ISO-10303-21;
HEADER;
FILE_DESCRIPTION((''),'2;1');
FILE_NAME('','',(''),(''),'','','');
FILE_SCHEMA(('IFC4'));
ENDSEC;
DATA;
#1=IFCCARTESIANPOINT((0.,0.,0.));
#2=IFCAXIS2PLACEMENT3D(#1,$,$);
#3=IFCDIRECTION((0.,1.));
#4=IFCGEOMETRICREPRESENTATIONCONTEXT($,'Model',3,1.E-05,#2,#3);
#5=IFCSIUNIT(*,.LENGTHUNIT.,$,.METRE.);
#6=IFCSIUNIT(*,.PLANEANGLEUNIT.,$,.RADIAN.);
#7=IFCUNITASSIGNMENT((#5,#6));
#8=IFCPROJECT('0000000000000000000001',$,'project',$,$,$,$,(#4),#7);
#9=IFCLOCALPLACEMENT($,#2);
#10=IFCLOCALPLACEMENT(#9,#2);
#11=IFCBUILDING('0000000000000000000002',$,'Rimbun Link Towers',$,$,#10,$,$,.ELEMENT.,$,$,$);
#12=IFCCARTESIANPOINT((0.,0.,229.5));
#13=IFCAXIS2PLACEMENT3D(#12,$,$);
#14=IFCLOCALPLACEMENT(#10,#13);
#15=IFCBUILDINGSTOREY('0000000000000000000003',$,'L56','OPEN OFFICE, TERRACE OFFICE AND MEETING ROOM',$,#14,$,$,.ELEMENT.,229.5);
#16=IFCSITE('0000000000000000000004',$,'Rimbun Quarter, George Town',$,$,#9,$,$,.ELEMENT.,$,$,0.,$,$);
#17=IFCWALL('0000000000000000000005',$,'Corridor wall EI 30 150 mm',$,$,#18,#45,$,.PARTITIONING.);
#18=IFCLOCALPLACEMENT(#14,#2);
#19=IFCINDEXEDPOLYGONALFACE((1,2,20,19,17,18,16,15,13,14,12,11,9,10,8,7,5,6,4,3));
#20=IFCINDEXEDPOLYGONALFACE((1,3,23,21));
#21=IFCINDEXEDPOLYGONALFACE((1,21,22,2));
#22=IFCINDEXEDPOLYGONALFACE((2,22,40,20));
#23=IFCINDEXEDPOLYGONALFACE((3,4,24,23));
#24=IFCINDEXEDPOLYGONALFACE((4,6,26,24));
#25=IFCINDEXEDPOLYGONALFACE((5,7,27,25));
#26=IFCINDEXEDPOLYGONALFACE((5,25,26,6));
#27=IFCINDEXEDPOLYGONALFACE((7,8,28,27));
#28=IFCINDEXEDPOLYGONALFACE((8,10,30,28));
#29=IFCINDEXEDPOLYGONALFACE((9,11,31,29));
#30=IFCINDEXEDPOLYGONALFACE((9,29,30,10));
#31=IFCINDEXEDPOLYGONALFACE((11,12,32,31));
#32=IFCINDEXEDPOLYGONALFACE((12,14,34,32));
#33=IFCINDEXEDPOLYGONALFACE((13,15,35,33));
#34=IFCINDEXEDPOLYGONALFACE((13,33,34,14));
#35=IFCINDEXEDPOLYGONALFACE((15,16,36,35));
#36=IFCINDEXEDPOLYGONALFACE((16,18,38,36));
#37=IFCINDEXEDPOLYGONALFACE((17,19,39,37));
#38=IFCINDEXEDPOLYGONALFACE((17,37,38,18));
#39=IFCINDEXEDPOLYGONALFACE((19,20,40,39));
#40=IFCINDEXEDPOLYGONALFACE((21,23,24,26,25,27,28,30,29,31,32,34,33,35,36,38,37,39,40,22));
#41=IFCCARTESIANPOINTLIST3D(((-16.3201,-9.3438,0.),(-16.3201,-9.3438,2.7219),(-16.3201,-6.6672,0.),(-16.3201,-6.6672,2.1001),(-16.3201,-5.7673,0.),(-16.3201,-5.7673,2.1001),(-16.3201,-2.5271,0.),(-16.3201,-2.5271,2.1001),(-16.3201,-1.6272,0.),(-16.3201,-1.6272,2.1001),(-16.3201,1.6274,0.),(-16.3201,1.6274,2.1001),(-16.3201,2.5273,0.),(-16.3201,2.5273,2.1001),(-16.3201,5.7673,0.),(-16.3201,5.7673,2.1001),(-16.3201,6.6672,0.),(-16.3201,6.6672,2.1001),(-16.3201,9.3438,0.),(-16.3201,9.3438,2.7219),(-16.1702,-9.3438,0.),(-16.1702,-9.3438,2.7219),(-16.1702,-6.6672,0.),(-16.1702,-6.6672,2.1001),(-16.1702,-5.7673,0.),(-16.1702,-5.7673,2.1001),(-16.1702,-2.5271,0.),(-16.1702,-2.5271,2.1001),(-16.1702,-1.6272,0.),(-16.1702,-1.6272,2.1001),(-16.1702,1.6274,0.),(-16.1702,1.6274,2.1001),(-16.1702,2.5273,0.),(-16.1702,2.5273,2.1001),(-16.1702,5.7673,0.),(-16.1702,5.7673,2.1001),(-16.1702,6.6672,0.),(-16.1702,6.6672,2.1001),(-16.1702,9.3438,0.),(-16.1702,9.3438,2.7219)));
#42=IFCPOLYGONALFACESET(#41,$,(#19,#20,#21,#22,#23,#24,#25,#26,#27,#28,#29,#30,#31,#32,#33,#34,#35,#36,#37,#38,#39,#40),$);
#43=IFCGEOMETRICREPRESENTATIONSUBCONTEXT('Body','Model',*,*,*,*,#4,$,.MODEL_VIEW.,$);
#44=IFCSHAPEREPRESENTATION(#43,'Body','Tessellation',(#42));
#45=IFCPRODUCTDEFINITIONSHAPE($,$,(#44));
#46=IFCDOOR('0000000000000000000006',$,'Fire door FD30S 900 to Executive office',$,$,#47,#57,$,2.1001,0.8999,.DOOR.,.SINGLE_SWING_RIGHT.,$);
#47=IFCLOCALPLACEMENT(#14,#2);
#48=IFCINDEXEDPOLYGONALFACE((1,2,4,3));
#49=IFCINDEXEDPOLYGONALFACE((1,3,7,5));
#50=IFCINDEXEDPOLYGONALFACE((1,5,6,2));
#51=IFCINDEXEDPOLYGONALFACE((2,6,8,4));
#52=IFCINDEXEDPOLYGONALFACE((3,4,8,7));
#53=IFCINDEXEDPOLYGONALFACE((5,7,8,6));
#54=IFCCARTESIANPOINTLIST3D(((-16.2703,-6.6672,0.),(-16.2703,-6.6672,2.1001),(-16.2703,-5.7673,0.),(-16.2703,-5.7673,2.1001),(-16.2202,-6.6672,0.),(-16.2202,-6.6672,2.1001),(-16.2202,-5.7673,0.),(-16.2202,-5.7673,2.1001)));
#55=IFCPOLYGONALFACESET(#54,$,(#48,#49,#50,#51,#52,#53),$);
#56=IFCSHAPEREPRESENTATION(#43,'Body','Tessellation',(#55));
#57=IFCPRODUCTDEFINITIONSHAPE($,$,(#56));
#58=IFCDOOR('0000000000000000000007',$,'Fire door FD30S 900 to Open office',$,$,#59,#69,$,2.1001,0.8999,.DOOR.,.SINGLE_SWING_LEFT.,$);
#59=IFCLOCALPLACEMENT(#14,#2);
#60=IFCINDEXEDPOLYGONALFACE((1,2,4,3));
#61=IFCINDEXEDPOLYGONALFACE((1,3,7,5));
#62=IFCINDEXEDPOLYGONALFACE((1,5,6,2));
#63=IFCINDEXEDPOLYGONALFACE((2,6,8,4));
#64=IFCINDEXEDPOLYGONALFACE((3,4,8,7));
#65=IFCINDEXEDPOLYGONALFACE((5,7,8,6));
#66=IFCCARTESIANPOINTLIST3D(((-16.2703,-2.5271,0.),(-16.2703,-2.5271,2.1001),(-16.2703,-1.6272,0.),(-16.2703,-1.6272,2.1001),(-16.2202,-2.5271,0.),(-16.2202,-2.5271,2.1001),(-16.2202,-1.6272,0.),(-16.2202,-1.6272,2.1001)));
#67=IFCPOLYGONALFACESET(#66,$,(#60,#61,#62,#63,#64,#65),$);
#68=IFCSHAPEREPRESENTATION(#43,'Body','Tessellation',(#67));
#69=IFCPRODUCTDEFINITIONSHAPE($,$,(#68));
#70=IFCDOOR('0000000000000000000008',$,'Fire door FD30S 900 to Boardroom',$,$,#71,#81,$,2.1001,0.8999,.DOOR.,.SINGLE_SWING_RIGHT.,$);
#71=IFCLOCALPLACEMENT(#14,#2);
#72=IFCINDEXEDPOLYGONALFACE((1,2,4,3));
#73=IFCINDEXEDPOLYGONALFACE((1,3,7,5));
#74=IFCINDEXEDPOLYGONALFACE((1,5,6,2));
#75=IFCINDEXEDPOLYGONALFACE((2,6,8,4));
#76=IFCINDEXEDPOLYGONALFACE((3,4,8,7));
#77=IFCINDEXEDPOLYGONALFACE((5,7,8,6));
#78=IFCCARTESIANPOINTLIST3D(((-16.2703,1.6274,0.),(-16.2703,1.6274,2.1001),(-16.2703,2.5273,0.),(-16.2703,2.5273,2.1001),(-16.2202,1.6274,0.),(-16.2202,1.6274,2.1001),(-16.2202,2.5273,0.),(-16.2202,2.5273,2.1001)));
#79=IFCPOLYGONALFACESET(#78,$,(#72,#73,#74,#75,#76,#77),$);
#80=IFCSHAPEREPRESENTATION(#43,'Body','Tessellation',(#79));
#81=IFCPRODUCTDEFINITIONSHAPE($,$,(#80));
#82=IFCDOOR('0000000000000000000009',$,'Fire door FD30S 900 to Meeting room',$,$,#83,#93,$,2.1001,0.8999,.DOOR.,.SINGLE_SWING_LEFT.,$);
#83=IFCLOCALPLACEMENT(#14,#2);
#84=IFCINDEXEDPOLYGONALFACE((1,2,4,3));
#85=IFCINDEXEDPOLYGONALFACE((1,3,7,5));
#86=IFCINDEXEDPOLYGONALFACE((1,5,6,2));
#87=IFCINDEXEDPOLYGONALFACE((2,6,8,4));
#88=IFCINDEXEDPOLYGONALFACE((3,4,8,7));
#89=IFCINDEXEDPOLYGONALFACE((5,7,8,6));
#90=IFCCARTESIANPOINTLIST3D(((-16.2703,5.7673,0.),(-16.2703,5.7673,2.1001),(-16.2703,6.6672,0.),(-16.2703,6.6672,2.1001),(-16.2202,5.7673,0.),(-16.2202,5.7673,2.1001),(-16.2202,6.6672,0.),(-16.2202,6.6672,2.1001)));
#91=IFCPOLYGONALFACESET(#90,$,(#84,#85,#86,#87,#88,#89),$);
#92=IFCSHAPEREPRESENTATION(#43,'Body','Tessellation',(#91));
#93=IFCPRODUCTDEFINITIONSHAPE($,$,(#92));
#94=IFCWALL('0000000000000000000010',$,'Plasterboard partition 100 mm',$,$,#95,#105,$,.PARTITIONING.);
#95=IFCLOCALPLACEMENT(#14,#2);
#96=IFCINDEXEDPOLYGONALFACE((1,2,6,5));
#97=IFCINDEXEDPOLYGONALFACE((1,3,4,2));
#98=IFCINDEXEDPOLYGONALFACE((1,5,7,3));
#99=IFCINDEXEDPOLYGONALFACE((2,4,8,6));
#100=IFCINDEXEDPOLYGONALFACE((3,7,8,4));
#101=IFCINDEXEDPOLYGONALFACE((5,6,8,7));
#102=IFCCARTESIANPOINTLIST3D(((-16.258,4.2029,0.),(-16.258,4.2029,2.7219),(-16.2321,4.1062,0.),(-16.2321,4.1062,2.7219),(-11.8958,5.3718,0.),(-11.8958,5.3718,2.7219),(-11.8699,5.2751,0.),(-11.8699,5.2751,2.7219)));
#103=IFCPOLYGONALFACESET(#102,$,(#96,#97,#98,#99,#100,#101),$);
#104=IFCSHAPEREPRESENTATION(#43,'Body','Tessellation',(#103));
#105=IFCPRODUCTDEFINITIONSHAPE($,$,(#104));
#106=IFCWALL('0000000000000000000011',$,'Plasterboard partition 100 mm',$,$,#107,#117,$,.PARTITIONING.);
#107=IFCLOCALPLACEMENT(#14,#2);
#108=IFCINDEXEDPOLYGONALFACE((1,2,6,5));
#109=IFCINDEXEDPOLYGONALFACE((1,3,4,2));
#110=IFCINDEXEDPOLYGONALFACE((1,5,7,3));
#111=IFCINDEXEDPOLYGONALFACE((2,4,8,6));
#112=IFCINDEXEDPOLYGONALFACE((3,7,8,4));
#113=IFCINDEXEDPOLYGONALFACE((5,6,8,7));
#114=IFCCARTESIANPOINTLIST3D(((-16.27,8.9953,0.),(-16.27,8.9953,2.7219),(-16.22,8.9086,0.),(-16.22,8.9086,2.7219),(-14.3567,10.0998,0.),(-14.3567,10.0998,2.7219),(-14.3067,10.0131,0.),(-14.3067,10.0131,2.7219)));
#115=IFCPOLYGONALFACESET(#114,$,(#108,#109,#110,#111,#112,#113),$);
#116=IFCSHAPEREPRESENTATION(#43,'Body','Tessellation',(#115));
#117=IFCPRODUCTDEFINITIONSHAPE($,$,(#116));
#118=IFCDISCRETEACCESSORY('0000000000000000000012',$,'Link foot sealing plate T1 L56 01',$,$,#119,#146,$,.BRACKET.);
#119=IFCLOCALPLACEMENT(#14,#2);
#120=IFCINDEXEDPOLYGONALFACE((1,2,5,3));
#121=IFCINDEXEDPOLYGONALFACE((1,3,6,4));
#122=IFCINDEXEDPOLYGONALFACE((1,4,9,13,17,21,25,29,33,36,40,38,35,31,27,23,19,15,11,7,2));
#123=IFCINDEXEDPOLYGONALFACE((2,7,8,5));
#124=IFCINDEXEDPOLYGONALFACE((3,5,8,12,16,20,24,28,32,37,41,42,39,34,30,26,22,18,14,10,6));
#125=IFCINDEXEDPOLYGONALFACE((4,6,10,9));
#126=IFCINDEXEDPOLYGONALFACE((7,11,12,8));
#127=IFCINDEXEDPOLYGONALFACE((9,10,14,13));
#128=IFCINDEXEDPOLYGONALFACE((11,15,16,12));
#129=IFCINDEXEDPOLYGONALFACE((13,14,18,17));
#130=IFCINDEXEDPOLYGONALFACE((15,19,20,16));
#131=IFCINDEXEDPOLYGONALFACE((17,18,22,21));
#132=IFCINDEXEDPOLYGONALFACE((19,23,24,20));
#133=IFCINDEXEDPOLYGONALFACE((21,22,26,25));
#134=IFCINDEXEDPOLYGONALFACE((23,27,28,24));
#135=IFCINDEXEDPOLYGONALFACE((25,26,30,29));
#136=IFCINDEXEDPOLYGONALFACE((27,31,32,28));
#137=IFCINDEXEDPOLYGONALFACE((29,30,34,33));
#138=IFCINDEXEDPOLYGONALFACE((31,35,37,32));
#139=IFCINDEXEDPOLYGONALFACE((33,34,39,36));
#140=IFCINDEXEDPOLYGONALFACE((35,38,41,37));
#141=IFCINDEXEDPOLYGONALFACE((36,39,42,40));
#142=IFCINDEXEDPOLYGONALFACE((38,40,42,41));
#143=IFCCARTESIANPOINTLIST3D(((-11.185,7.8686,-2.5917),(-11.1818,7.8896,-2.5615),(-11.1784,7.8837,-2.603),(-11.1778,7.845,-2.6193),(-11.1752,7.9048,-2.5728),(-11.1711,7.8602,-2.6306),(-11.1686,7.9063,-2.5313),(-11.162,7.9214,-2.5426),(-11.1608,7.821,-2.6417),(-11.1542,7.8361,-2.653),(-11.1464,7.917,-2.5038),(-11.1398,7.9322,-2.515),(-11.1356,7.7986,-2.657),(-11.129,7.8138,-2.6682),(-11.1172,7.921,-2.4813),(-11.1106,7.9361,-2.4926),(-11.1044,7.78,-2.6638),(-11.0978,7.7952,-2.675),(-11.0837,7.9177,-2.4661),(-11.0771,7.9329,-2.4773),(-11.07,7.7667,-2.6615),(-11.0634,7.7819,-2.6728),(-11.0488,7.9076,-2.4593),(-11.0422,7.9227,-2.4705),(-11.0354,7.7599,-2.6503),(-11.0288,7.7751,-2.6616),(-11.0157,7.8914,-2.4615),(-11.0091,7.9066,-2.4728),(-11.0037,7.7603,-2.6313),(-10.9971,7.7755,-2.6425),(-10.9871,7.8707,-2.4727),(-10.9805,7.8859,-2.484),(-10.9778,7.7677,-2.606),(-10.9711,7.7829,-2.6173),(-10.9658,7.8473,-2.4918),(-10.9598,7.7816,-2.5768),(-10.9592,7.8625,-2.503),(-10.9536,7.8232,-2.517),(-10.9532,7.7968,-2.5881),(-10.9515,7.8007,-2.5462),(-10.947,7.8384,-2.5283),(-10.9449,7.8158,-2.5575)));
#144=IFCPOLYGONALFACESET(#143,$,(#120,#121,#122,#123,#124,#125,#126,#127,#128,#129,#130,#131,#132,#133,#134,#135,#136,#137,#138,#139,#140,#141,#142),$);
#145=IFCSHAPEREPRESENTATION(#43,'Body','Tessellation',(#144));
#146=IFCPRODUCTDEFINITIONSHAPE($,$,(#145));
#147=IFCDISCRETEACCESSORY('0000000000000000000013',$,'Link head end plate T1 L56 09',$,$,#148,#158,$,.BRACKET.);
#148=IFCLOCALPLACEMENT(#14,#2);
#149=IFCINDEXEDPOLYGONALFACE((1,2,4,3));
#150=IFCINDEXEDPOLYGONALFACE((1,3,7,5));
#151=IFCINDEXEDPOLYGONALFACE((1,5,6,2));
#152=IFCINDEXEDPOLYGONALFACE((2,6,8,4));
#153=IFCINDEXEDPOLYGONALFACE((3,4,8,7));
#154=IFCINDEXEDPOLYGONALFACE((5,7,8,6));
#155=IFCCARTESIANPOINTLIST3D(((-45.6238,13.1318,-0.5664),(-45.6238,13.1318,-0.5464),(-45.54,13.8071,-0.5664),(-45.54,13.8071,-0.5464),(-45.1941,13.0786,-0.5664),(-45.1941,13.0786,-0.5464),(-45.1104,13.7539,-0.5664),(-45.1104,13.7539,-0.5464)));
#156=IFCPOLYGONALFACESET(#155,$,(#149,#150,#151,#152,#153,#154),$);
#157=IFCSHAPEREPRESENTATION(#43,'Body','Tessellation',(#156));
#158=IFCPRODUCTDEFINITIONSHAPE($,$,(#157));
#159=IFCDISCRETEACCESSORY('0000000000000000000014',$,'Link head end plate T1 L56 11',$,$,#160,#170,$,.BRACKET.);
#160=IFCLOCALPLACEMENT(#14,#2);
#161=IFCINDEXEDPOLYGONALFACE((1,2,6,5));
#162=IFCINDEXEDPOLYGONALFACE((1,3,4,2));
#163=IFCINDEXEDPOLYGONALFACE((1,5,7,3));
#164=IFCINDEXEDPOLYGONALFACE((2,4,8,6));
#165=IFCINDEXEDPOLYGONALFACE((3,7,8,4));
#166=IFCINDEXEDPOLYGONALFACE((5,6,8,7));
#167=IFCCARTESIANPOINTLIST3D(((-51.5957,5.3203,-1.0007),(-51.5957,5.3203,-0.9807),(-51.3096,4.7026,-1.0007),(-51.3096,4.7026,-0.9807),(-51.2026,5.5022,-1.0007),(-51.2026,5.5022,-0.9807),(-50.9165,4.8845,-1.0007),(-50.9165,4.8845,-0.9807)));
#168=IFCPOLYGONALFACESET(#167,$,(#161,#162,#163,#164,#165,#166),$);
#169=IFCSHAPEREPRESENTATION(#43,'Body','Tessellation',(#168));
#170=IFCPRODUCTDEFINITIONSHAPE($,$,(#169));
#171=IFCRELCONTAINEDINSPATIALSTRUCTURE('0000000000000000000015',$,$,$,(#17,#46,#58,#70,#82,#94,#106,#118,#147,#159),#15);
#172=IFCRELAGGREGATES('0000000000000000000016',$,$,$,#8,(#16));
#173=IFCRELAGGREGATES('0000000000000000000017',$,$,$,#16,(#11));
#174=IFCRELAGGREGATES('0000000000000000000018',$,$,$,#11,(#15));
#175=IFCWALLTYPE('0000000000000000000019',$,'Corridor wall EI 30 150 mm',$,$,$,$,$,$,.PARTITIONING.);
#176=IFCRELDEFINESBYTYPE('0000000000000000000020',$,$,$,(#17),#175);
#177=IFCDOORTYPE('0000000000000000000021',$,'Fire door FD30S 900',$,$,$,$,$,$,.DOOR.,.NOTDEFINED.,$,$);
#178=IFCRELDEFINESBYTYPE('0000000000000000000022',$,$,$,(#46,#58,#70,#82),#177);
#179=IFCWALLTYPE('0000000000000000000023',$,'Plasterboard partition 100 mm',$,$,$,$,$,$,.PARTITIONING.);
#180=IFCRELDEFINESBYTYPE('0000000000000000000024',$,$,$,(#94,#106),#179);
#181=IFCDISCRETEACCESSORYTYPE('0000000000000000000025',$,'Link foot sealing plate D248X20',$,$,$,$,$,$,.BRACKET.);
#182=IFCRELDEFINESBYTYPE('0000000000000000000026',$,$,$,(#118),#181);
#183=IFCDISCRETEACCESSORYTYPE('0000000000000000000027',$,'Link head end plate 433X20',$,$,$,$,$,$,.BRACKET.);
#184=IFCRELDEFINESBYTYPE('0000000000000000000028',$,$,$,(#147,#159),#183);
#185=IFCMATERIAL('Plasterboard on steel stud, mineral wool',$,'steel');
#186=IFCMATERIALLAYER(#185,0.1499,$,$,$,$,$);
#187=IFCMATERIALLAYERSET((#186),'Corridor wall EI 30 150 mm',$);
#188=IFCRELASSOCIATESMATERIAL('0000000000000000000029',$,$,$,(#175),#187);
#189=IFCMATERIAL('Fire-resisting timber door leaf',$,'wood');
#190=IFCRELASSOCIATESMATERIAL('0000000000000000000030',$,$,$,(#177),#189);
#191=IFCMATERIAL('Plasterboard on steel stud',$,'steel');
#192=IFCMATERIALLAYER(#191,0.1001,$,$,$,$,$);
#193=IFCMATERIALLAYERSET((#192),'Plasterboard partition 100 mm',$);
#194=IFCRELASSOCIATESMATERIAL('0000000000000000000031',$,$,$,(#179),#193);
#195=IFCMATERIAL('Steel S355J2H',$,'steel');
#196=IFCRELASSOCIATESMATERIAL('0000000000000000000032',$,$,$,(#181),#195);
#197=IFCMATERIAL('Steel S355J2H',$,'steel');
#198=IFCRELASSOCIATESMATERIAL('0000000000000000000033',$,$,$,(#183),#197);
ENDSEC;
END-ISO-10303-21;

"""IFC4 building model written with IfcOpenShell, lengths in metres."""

from ifc_helpers import new_model, si_unit, direction, frame, frame_2d, origin, origin_2d, place, context, subcontext, project, spatial, polyline, rectangle, circle, outline, extrude, material, layer, layer_set, material_profile, profile_set, type_object, element, fill, save


model = new_model("IFC4")

# Units and contexts
model_context = context("Model", 3, precision=1e-05, world=origin(), true_north=direction((0.0, 1.0)))
body_context = subcontext(model_context, "Body", "Model", "MODEL_VIEW")
ifc_project = project(units=[si_unit("LENGTHUNIT", "METRE"), si_unit("PLANEANGLEUNIT", "RADIAN")], contexts=[model_context])

# Site, building, storey
site_placement = place(None, origin())
site = spatial("IfcSite", under=ifc_project, at=site_placement, Name="Rimbun Quarter, George Town", CompositionType="ELEMENT", RefElevation=0.0)
building_placement = place(site_placement, origin())
building = spatial("IfcBuilding", under=site, at=building_placement, Name="Rimbun Link Towers", CompositionType="ELEMENT")
storey_placement = place(building_placement, frame((0.0, 0.0, 229.5)))
storey = spatial("IfcBuildingStorey", under=building, at=storey_placement, Name="L56", Description="OPEN OFFICE, TERRACE OFFICE AND MEETING ROOM", CompositionType="ELEMENT", Elevation=229.5)

# Shared definitions
ifc_material_1 = material(Name="Plasterboard on steel stud, mineral wool", Category="steel")
ifc_layer_1 = layer(ifc_material_1, 0.1499)
ifc_layer_set_1 = layer_set([ifc_layer_1], Name="Corridor wall EI 30 150 mm")
wall_type_1 = type_object("IfcWallType", Name="Corridor wall EI 30 150 mm", PredefinedType="PARTITIONING", material=ifc_layer_set_1)

# Wall, openings, doors
wall_1_placement = place(storey_placement, frame((-16.2451, 9.3438, 0.0), z_axis=(0.0, 0.0, 1.0), x_axis=(0.0, -1.0, 0.0)))
wall_1 = element("IfcWall", 1, at=wall_1_placement, inside=storey, type_object=wall_type_1, Name="Corridor wall EI 30 150 mm", PredefinedType="PARTITIONING", context=body_context, shape_type="SweptSolid", body=[
    extrude(rectangle(XDim=18.6875, YDim=0.1499, at=frame_2d((9.3438, 0.0))), origin(), (0.0, 0.0, 1.0), 2.7219),
])
opening_1_placement = place(wall_1_placement, frame((15.1111, 0.0, 0.0)))
opening_1 = element("IfcOpeningElement", 2, at=opening_1_placement, cuts=wall_1, PredefinedType="OPENING", context=body_context, shape_type="SweptSolid", body=[
    extrude(rectangle(XDim=0.8999, YDim=2.1001, at=frame_2d((0.45, 1.05))), frame((0.0, 0.085, 0.0), z_axis=(0.0, -1.0, 0.0), x_axis=(1.0, 0.0, 0.0)), (0.0, 0.0, 1.0), 0.1699),
])
opening_2_placement = place(wall_1_placement, frame((10.9709, 0.0, 0.0)))
opening_2 = element("IfcOpeningElement", 3, at=opening_2_placement, cuts=wall_1, PredefinedType="OPENING", context=body_context, shape_type="SweptSolid", body=[
    extrude(rectangle(XDim=0.8999, YDim=2.1001, at=frame_2d((0.45, 1.05))), frame((0.0, 0.085, 0.0), z_axis=(0.0, -1.0, 0.0), x_axis=(1.0, 0.0, 0.0)), (0.0, 0.0, 1.0), 0.1699),
])
opening_3_placement = place(wall_1_placement, frame((6.8164, 0.0, 0.0)))
opening_3 = element("IfcOpeningElement", 4, at=opening_3_placement, cuts=wall_1, PredefinedType="OPENING", context=body_context, shape_type="SweptSolid", body=[
    extrude(rectangle(XDim=0.8999, YDim=2.1001, at=frame_2d((0.45, 1.05))), frame((0.0, 0.085, 0.0), z_axis=(0.0, -1.0, 0.0), x_axis=(1.0, 0.0, 0.0)), (0.0, 0.0, 1.0), 0.1699),
])
opening_4_placement = place(wall_1_placement, frame((2.6765, 0.0, 0.0)))
opening_4 = element("IfcOpeningElement", 5, at=opening_4_placement, cuts=wall_1, PredefinedType="OPENING", context=body_context, shape_type="SweptSolid", body=[
    extrude(rectangle(XDim=0.8999, YDim=2.1001, at=frame_2d((0.45, 1.05))), frame((0.0, 0.085, 0.0), z_axis=(0.0, -1.0, 0.0), x_axis=(1.0, 0.0, 0.0)), (0.0, 0.0, 1.0), 0.1699),
])
ifc_material_2 = material(Name="Fire-resisting timber door leaf", Category="wood")
door_type = type_object("IfcDoorType", Name="Fire door FD30S 900", OperationType="NOTDEFINED", PredefinedType="DOOR", material=ifc_material_2)
door_1_placement = place(opening_1_placement, origin())
door_1 = element("IfcDoor", 6, at=door_1_placement, inside=storey, type_object=door_type, Name="Fire door FD30S 900 to Executive office", OperationType="SINGLE_SWING_RIGHT", OverallHeight=2.1001, OverallWidth=0.8999, PredefinedType="DOOR", context=body_context, shape_type="SweptSolid", body=[
    extrude(rectangle(XDim=0.8999, YDim=2.1001, at=frame_2d((0.45, 1.05))), frame((0.0, 0.0249, 0.0), z_axis=(0.0, -1.0, 0.0), x_axis=(1.0, 0.0, 0.0)), (0.0, 0.0, 1.0), 0.05),
])
fill(opening_1, door_1)
door_2_placement = place(opening_2_placement, origin())
door_2 = element("IfcDoor", 7, at=door_2_placement, inside=storey, type_object=door_type, Name="Fire door FD30S 900 to Open office", OperationType="SINGLE_SWING_LEFT", OverallHeight=2.1001, OverallWidth=0.8999, PredefinedType="DOOR", context=body_context, shape_type="SweptSolid", body=[
    extrude(rectangle(XDim=0.8999, YDim=2.1001, at=frame_2d((0.45, 1.05))), frame((0.0, 0.0249, 0.0), z_axis=(0.0, -1.0, 0.0), x_axis=(1.0, 0.0, 0.0)), (0.0, 0.0, 1.0), 0.05),
])
fill(opening_2, door_2)
door_3_placement = place(opening_3_placement, origin())
door_3 = element("IfcDoor", 8, at=door_3_placement, inside=storey, type_object=door_type, Name="Fire door FD30S 900 to Boardroom", OperationType="SINGLE_SWING_RIGHT", OverallHeight=2.1001, OverallWidth=0.8999, PredefinedType="DOOR", context=body_context, shape_type="SweptSolid", body=[
    extrude(rectangle(XDim=0.8999, YDim=2.1001, at=frame_2d((0.45, 1.05))), frame((0.0, 0.0249, 0.0), z_axis=(0.0, -1.0, 0.0), x_axis=(1.0, 0.0, 0.0)), (0.0, 0.0, 1.0), 0.05),
])
fill(opening_3, door_3)
door_4_placement = place(opening_4_placement, origin())
door_4 = element("IfcDoor", 9, at=door_4_placement, inside=storey, type_object=door_type, Name="Fire door FD30S 900 to Meeting room", OperationType="SINGLE_SWING_LEFT", OverallHeight=2.1001, OverallWidth=0.8999, PredefinedType="DOOR", context=body_context, shape_type="SweptSolid", body=[
    extrude(rectangle(XDim=0.8999, YDim=2.1001, at=frame_2d((0.45, 1.05))), frame((0.0, 0.0249, 0.0), z_axis=(0.0, -1.0, 0.0), x_axis=(1.0, 0.0, 0.0)), (0.0, 0.0, 1.0), 0.05),
])
fill(opening_4, door_4)

# Walls
ifc_material_3 = material(Name="Plasterboard on steel stud", Category="steel")
ifc_layer_2 = layer(ifc_material_3, 0.1001)
ifc_layer_set_2 = layer_set([ifc_layer_2], Name="Plasterboard partition 100 mm")
wall_type_2 = type_object("IfcWallType", Name="Plasterboard partition 100 mm", PredefinedType="PARTITIONING", material=ifc_layer_set_2)
wall_2_placement = place(storey_placement, frame((-11.8828, 5.3235, 0.0), z_axis=(0.0, 0.0, 1.0), x_axis=(-0.965922, -0.258833, 0.0)))
element("IfcWall", 10, at=wall_2_placement, inside=storey, type_object=wall_type_2, Name="Plasterboard partition 100 mm", PredefinedType="PARTITIONING", context=body_context, shape_type="SweptSolid", body=[
    extrude(rectangle(XDim=4.5161, YDim=0.1001, at=frame_2d((2.2581, 0.0))), origin(), (0.0, 0.0, 1.0), 2.7219),
])
wall_3_placement = place(storey_placement, frame((-14.3318, 10.0564, 0.0), z_axis=(0.0, 0.0, 1.0), x_axis=(-0.866059, -0.499942, 0.0)))
element("IfcWall", 11, at=wall_3_placement, inside=storey, type_object=wall_type_2, Name="Plasterboard partition 100 mm", PredefinedType="PARTITIONING", context=body_context, shape_type="SweptSolid", body=[
    extrude(rectangle(XDim=2.2092, YDim=0.1001, at=frame_2d((1.1045, 0.0))), origin(), (0.0, 0.0, 1.0), 2.7219),
])

# Discrete accessories
ifc_material_4 = material(Name="Steel S355J2H", Category="steel")
ifc_material_profile_1 = material_profile(ifc_material_4, circle(Radius=0.124, at=origin_2d()), Name="PL D248")
ifc_profile_set_1 = profile_set([ifc_material_profile_1], Name="Steel S355J2H")
discrete_accessory_type_1 = type_object("IfcDiscreteAccessoryType", Name="Link foot sealing plate D248X20", PredefinedType="BRACKET", material=ifc_profile_set_1)
discrete_accessory_1_placement = place(storey_placement, frame((-11.0681, 7.8401, -2.5615), z_axis=(0.330129, 0.758073, -0.562441), x_axis=(-0.916835, 0.399267, 0.0)))
element("IfcDiscreteAccessory", 12, at=discrete_accessory_1_placement, inside=storey, type_object=discrete_accessory_type_1, Name="Link foot sealing plate T1 L56 01", PredefinedType="BRACKET", context=body_context, shape_type="SweptSolid", body=[
    extrude(circle(Radius=0.124, at=origin_2d()), origin(), (0.0, 0.0, 1.0), 0.02),
])
ifc_material_5 = material(Name="Steel S355J2H", Category="steel")
ifc_material_profile_2 = material_profile(ifc_material_5, rectangle(XDim=0.4331, YDim=0.4331, at=origin_2d()), Name="PL 433x433")
ifc_profile_set_2 = profile_set([ifc_material_profile_2], Name="Steel S355J2H")
discrete_accessory_type_2 = type_object("IfcDiscreteAccessoryType", Name="Link head end plate 433X20", PredefinedType="BRACKET", material=ifc_profile_set_2)
discrete_accessory_2_placement = place(storey_placement, frame((0.0, 0.0, -0.5664)))
element("IfcDiscreteAccessory", 13, at=discrete_accessory_2_placement, inside=storey, type_object=discrete_accessory_type_2, Name="Link head end plate T1 L56 09", PredefinedType="BRACKET", context=body_context, shape_type="SweptSolid", body=[
    extrude(outline(polyline([(-45.1941, 13.0786), (-45.1104, 13.7539), (-45.54, 13.8071), (-45.6238, 13.1318), (-45.1941, 13.0786)])), origin(), (0.0, 0.0, 1.0), 0.02),
])
discrete_accessory_3_placement = place(storey_placement, frame((0.0, 0.0, -1.0007)))
element("IfcDiscreteAccessory", 14, at=discrete_accessory_3_placement, inside=storey, type_object=discrete_accessory_type_2, Name="Link head end plate T1 L56 11", PredefinedType="BRACKET", context=body_context, shape_type="SweptSolid", body=[
    extrude(outline(polyline([(-50.9165, 4.8845), (-51.2026, 5.5022), (-51.5957, 5.3203), (-51.3096, 4.7026), (-50.9165, 4.8845)])), origin(), (0.0, 0.0, 1.0), 0.02),
])

save(model, "model.ifc")
